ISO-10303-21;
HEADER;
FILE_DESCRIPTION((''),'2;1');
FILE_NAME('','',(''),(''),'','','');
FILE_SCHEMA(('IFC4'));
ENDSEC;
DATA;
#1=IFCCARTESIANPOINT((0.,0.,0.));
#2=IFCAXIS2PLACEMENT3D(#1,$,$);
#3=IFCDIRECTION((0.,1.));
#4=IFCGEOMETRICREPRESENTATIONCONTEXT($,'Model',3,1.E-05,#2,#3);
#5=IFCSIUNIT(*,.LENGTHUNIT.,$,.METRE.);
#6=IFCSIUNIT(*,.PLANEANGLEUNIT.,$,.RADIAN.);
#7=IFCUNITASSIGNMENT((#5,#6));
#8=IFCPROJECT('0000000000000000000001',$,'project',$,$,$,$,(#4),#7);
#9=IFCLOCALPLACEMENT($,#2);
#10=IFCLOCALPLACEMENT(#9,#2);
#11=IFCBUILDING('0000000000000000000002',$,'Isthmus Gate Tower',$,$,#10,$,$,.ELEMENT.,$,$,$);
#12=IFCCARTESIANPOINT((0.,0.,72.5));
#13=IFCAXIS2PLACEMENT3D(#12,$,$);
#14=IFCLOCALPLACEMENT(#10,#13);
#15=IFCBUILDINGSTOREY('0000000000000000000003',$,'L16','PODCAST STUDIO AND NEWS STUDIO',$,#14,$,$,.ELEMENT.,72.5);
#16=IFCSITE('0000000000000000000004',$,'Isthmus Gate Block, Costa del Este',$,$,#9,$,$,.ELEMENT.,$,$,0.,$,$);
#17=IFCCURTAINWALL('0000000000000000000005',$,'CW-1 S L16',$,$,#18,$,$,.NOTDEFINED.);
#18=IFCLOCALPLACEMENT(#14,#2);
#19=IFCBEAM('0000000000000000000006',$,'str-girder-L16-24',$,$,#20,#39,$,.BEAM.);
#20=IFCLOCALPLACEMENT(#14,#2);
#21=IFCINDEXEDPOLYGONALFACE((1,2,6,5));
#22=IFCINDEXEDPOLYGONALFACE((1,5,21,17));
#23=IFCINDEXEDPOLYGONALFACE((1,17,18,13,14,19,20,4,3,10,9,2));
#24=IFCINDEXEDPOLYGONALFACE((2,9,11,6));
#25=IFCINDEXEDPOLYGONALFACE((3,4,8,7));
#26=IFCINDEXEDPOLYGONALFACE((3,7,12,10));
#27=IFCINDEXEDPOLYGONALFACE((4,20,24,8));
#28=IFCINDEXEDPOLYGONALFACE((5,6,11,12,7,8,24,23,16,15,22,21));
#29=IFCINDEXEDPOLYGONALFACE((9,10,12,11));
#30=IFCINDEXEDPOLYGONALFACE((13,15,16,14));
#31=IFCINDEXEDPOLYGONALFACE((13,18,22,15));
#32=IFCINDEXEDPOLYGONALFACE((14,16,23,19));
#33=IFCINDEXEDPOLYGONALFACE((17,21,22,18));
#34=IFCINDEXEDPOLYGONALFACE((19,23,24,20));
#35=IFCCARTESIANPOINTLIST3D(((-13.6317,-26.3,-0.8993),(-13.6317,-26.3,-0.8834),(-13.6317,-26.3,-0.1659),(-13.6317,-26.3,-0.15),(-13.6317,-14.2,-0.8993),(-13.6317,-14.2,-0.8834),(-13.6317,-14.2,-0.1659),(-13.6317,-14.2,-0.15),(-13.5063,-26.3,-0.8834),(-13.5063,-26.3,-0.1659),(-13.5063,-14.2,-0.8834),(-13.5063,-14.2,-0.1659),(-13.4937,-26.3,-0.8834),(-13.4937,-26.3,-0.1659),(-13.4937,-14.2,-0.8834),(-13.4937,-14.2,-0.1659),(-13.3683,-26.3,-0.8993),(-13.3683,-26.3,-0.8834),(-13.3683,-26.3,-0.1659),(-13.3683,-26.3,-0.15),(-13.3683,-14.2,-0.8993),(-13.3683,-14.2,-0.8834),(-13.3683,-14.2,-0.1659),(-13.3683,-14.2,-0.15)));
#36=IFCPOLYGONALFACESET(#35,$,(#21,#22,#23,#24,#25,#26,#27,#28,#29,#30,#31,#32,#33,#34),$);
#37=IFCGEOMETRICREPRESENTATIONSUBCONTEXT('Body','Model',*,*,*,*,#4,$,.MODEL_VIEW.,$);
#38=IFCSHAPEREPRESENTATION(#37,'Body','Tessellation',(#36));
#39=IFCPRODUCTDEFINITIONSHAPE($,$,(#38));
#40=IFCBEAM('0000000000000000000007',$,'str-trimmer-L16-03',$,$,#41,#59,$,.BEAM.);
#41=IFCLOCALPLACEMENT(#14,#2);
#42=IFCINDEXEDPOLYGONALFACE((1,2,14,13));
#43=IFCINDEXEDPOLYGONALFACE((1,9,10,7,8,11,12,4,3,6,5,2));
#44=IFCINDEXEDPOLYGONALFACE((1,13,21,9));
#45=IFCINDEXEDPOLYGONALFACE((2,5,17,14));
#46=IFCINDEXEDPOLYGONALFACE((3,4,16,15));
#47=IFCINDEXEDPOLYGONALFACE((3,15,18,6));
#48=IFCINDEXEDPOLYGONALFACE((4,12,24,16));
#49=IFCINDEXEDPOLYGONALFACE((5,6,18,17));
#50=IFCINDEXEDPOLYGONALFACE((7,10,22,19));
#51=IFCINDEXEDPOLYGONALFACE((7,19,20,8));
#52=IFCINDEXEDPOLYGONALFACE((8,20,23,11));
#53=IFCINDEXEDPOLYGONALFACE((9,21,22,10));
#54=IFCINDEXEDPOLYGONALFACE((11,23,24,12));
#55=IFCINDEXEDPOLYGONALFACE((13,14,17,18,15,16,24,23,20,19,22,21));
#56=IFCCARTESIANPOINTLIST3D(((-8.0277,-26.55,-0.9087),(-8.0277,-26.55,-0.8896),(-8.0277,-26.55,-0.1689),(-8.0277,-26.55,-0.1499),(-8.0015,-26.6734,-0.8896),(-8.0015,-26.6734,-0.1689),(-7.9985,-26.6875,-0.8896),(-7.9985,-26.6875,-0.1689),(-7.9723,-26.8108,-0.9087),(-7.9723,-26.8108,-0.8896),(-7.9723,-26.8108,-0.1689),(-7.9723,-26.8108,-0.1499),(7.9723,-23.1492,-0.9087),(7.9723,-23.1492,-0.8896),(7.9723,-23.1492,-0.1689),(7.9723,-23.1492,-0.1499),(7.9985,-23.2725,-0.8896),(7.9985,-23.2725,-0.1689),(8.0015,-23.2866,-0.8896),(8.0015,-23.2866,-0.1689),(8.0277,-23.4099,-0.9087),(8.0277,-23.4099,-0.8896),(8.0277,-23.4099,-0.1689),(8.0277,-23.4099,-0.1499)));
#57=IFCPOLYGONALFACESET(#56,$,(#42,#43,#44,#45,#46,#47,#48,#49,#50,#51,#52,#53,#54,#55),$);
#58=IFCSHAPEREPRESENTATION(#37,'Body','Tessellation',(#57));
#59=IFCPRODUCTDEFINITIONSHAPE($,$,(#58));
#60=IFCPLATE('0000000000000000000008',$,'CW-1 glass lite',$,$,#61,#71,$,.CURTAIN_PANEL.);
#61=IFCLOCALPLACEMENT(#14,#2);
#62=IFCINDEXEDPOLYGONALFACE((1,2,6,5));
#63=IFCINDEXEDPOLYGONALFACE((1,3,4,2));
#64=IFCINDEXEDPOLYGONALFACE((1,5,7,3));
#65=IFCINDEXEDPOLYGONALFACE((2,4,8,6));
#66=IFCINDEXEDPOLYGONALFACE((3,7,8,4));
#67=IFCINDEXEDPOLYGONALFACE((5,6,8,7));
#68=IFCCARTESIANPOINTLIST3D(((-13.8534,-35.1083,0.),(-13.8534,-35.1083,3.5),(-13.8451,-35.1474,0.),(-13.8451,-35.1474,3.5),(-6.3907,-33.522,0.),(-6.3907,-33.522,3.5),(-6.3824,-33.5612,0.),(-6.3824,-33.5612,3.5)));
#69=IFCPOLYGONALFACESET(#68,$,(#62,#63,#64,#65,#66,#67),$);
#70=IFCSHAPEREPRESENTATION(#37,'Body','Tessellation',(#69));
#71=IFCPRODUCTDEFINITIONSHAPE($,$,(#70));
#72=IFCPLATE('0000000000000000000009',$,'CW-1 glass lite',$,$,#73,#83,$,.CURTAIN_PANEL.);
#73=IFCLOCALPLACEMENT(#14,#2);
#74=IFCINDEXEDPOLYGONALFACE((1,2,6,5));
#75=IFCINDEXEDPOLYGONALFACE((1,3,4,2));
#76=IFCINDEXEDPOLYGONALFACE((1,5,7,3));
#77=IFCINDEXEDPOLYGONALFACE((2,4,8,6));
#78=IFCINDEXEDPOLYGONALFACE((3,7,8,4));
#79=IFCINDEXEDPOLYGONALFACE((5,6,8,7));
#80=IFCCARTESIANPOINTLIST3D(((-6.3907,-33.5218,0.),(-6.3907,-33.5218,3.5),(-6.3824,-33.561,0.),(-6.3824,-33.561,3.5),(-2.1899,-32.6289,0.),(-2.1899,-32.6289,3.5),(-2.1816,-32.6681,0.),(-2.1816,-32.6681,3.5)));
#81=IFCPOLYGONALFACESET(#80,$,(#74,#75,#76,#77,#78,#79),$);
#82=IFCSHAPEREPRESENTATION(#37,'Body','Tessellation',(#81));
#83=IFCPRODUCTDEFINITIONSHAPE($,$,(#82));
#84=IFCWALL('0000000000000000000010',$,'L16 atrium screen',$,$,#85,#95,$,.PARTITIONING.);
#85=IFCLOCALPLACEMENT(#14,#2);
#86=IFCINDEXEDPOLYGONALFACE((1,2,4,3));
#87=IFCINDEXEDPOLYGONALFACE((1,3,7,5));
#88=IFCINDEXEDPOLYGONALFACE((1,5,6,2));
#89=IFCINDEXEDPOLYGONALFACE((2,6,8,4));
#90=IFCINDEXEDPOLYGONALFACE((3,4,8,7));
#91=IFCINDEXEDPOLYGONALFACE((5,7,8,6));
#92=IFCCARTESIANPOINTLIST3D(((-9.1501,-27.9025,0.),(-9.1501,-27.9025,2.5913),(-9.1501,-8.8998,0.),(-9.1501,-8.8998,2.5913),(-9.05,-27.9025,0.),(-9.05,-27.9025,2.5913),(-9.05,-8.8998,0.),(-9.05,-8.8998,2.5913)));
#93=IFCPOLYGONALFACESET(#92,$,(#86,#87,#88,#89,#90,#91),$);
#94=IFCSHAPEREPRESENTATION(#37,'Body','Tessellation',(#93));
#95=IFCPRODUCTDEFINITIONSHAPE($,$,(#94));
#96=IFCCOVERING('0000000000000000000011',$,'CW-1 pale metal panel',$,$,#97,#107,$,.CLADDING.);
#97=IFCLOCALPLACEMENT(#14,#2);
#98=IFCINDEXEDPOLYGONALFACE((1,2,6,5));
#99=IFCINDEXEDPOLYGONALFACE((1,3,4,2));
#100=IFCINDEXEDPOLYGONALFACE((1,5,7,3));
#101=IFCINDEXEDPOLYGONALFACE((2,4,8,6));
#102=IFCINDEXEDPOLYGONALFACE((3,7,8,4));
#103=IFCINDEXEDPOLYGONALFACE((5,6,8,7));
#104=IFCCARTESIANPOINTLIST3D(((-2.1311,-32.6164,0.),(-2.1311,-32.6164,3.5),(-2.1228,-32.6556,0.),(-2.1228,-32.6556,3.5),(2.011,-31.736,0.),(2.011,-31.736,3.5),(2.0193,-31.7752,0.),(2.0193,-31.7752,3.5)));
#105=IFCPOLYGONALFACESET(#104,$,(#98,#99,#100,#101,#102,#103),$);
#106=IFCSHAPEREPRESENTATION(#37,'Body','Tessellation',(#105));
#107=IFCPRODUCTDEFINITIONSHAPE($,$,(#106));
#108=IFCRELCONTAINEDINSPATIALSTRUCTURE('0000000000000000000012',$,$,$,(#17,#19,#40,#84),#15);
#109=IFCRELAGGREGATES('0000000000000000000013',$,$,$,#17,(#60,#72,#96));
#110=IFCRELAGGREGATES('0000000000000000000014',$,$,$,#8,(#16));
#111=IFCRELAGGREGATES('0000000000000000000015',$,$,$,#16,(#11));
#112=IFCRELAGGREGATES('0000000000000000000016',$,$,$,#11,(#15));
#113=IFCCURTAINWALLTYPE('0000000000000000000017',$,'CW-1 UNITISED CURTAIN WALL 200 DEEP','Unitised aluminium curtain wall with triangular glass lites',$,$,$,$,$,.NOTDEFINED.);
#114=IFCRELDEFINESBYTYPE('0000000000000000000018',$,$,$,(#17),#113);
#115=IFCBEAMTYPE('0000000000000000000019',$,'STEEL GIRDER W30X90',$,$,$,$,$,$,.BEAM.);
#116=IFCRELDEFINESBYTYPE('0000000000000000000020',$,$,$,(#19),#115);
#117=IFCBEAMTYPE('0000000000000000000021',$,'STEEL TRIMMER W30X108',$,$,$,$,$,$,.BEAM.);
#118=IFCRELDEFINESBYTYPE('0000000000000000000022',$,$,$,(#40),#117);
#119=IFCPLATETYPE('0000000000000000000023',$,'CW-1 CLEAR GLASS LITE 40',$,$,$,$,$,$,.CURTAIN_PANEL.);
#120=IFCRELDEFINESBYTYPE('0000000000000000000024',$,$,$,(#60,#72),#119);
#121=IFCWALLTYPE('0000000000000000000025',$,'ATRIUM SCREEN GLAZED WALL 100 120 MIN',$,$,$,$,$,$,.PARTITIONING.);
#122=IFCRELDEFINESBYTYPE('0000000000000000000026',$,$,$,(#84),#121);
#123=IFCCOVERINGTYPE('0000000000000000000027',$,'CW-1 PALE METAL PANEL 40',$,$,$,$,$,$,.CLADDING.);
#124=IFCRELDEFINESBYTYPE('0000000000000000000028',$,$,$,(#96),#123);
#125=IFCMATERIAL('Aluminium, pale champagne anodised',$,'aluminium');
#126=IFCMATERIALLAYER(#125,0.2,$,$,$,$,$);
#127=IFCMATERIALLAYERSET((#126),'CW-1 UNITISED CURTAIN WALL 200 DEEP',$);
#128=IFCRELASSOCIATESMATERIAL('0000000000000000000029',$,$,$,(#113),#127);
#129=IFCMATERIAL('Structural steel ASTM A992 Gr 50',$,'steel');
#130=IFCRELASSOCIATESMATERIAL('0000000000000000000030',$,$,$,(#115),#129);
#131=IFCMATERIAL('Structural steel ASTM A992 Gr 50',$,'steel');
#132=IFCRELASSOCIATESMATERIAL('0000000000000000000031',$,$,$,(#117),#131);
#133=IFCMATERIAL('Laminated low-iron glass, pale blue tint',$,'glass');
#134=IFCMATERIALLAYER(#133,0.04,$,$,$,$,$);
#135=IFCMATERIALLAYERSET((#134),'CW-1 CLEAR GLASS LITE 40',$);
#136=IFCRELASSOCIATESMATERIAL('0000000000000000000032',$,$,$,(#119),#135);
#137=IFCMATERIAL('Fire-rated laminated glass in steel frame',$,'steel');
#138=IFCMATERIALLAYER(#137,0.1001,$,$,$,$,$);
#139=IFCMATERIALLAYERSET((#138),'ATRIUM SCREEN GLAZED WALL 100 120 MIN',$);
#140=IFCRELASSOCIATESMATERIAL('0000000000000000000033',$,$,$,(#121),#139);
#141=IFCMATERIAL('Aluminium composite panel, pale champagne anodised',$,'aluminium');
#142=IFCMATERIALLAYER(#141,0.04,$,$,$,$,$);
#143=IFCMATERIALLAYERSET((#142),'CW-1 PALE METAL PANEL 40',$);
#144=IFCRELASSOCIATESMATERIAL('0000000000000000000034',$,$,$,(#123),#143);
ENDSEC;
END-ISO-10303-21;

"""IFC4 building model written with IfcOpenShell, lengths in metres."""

from ifc_helpers import new_model, si_unit, direction, frame, frame_2d, origin, origin_2d, place, context, subcontext, project, spatial, rectangle, i_section, extrude, material, layer, layer_set, material_profile, profile_set, type_object, element, aggregate, save


model = new_model("IFC4")

# Units and contexts
model_context = context("Model", 3, precision=1e-05, world=origin(), true_north=direction((0.0, 1.0)))
body_context = subcontext(model_context, "Body", "Model", "MODEL_VIEW")
ifc_project = project(units=[si_unit("LENGTHUNIT", "METRE"), si_unit("PLANEANGLEUNIT", "RADIAN")], contexts=[model_context])

# Site, building, storey
site_placement = place(None, origin())
site = spatial("IfcSite", under=ifc_project, at=site_placement, Name="Isthmus Gate Block, Costa del Este", CompositionType="ELEMENT", RefElevation=0.0)
building_placement = place(site_placement, origin())
building = spatial("IfcBuilding", under=site, at=building_placement, Name="Isthmus Gate Tower", CompositionType="ELEMENT")
storey_placement = place(building_placement, frame((0.0, 0.0, 72.5)))
storey = spatial("IfcBuildingStorey", under=building, at=storey_placement, Name="L16", Description="PODCAST STUDIO AND NEWS STUDIO", CompositionType="ELEMENT", Elevation=72.5)

# Curtain wall
ifc_material_1 = material(Name="Aluminium, pale champagne anodised", Category="aluminium")
ifc_layer_1 = layer(ifc_material_1, 0.2)
ifc_layer_set_1 = layer_set([ifc_layer_1], Name="CW-1 UNITISED CURTAIN WALL 200 DEEP")
curtain_wall_type = type_object("IfcCurtainWallType", Name="CW-1 UNITISED CURTAIN WALL 200 DEEP", Description="Unitised aluminium curtain wall with triangular glass lites", PredefinedType="NOTDEFINED", material=ifc_layer_set_1)
curtain_wall_placement = place(storey_placement, origin())
curtain_wall = element("IfcCurtainWall", 1, at=curtain_wall_placement, inside=storey, type_object=curtain_wall_type, Name="CW-1 S L16", PredefinedType="NOTDEFINED")

# Beams
ifc_material_2 = material(Name="Structural steel ASTM A992 Gr 50", Category="steel")
ifc_material_profile_1 = material_profile(ifc_material_2, i_section(OverallWidth=0.2634, OverallDepth=0.7493, WebThickness=0.0127, FlangeThickness=0.0159, at=origin_2d()), Name="W30X90")
ifc_profile_set_1 = profile_set([ifc_material_profile_1], Name="Structural steel ASTM A992 Gr 50")
beam_type_1 = type_object("IfcBeamType", Name="STEEL GIRDER W30X90", PredefinedType="BEAM", material=ifc_profile_set_1)
beam_1_placement = place(storey_placement, frame((-13.5, -26.3, -0.5247), z_axis=(0.0, 1.0, 0.0), x_axis=(-1.0, 0.0, 0.0)))
element("IfcBeam", 2, at=beam_1_placement, inside=storey, type_object=beam_type_1, Name="str-girder-L16-24", PredefinedType="BEAM", context=body_context, shape_type="SweptSolid", body=[
    extrude(i_section(OverallWidth=0.2634, OverallDepth=0.7493, WebThickness=0.0127, FlangeThickness=0.0159, at=origin_2d()), origin(), (0.0, 0.0, 1.0), 12.1001),
])
ifc_material_3 = material(Name="Structural steel ASTM A992 Gr 50", Category="steel")
ifc_material_profile_2 = material_profile(ifc_material_3, i_section(OverallWidth=0.2666, OverallDepth=0.7588, WebThickness=0.0144, FlangeThickness=0.019, at=origin_2d()), Name="W30X108")
ifc_profile_set_2 = profile_set([ifc_material_profile_2], Name="Structural steel ASTM A992 Gr 50")
beam_type_2 = type_object("IfcBeamType", Name="STEEL TRIMMER W30X108", PredefinedType="BEAM", material=ifc_profile_set_2)
beam_2_placement = place(storey_placement, frame((-8.0, -26.6804, -0.5293), z_axis=(0.978148, 0.20791, 0.0), x_axis=(-0.20791, 0.978148, 0.0)))
element("IfcBeam", 3, at=beam_2_placement, inside=storey, type_object=beam_type_2, Name="str-trimmer-L16-03", PredefinedType="BEAM", context=body_context, shape_type="SweptSolid", body=[
    extrude(i_section(OverallWidth=0.2666, OverallDepth=0.7588, WebThickness=0.0144, FlangeThickness=0.019, at=origin_2d()), origin(), (0.0, 0.0, 1.0), 16.3574),
])

# Plates
ifc_material_4 = material(Name="Laminated low-iron glass, pale blue tint", Category="glass")
ifc_layer_2 = layer(ifc_material_4, 0.04)
ifc_layer_set_2 = layer_set([ifc_layer_2], Name="CW-1 CLEAR GLASS LITE 40")
plate_type = type_object("IfcPlateType", Name="CW-1 CLEAR GLASS LITE 40", PredefinedType="CURTAIN_PANEL", material=ifc_layer_set_2)
plate_1_placement = place(storey_placement, frame((-10.1179, -34.3347, 0.0), z_axis=(0.0, 0.0, 1.0), x_axis=(0.978148, 0.207912, 0.0)))
plate_1 = element("IfcPlate", 4, at=plate_1_placement, type_object=plate_type, Name="CW-1 glass lite", PredefinedType="CURTAIN_PANEL", context=body_context, shape_type="SweptSolid", body=[
    extrude(rectangle(XDim=7.6294, YDim=0.04, at=origin_2d()), origin(), (0.0, 0.0, 1.0), 3.5),
])
plate_2_placement = place(storey_placement, frame((-4.2861, -33.095, 0.0), z_axis=(0.0, 0.0, 1.0), x_axis=(0.978148, 0.207912, 0.0)))
plate_2 = element("IfcPlate", 5, at=plate_2_placement, type_object=plate_type, Name="CW-1 glass lite", PredefinedType="CURTAIN_PANEL", context=body_context, shape_type="SweptSolid", body=[
    extrude(rectangle(XDim=4.2947, YDim=0.04, at=origin_2d()), origin(), (0.0, 0.0, 1.0), 3.5),
])

# Wall
ifc_material_5 = material(Name="Fire-rated laminated glass in steel frame", Category="steel")
ifc_layer_3 = layer(ifc_material_5, 0.1001)
ifc_layer_set_3 = layer_set([ifc_layer_3], Name="ATRIUM SCREEN GLAZED WALL 100 120 MIN")
wall_type = type_object("IfcWallType", Name="ATRIUM SCREEN GLAZED WALL 100 120 MIN", PredefinedType="PARTITIONING", material=ifc_layer_set_3)
wall_placement = place(storey_placement, frame((-9.1001, -27.9026, 0.0), z_axis=(0.0, 0.0, 1.0), x_axis=(0.0, 1.0, 0.0)))
element("IfcWall", 6, at=wall_placement, inside=storey, type_object=wall_type, Name="L16 atrium screen", PredefinedType="PARTITIONING", context=body_context, shape_type="SweptSolid", body=[
    extrude(rectangle(XDim=19.0027, YDim=0.1001, at=frame_2d((9.5015, 0.0))), origin(), (0.0, 0.0, 1.0), 2.5913),
])

# Covering
ifc_material_6 = material(Name="Aluminium composite panel, pale champagne anodised", Category="aluminium")
ifc_layer_4 = layer(ifc_material_6, 0.04)
ifc_layer_set_4 = layer_set([ifc_layer_4], Name="CW-1 PALE METAL PANEL 40")
covering_type = type_object("IfcCoveringType", Name="CW-1 PALE METAL PANEL 40", PredefinedType="CLADDING", material=ifc_layer_set_4)
covering_placement = place(storey_placement, frame((-0.0559, -32.1958, 0.0), z_axis=(0.0, 0.0, 1.0), x_axis=(0.978148, 0.207912, 0.0)))
covering = element("IfcCovering", 7, at=covering_placement, type_object=covering_type, Name="CW-1 pale metal panel", PredefinedType="CLADDING", context=body_context, shape_type="SweptSolid", body=[
    extrude(rectangle(XDim=4.2346, YDim=0.04, at=origin_2d()), origin(), (0.0, 0.0, 1.0), 3.5),
])
aggregate(curtain_wall, [plate_1, plate_2, covering])

save(model, "model.ifc")
